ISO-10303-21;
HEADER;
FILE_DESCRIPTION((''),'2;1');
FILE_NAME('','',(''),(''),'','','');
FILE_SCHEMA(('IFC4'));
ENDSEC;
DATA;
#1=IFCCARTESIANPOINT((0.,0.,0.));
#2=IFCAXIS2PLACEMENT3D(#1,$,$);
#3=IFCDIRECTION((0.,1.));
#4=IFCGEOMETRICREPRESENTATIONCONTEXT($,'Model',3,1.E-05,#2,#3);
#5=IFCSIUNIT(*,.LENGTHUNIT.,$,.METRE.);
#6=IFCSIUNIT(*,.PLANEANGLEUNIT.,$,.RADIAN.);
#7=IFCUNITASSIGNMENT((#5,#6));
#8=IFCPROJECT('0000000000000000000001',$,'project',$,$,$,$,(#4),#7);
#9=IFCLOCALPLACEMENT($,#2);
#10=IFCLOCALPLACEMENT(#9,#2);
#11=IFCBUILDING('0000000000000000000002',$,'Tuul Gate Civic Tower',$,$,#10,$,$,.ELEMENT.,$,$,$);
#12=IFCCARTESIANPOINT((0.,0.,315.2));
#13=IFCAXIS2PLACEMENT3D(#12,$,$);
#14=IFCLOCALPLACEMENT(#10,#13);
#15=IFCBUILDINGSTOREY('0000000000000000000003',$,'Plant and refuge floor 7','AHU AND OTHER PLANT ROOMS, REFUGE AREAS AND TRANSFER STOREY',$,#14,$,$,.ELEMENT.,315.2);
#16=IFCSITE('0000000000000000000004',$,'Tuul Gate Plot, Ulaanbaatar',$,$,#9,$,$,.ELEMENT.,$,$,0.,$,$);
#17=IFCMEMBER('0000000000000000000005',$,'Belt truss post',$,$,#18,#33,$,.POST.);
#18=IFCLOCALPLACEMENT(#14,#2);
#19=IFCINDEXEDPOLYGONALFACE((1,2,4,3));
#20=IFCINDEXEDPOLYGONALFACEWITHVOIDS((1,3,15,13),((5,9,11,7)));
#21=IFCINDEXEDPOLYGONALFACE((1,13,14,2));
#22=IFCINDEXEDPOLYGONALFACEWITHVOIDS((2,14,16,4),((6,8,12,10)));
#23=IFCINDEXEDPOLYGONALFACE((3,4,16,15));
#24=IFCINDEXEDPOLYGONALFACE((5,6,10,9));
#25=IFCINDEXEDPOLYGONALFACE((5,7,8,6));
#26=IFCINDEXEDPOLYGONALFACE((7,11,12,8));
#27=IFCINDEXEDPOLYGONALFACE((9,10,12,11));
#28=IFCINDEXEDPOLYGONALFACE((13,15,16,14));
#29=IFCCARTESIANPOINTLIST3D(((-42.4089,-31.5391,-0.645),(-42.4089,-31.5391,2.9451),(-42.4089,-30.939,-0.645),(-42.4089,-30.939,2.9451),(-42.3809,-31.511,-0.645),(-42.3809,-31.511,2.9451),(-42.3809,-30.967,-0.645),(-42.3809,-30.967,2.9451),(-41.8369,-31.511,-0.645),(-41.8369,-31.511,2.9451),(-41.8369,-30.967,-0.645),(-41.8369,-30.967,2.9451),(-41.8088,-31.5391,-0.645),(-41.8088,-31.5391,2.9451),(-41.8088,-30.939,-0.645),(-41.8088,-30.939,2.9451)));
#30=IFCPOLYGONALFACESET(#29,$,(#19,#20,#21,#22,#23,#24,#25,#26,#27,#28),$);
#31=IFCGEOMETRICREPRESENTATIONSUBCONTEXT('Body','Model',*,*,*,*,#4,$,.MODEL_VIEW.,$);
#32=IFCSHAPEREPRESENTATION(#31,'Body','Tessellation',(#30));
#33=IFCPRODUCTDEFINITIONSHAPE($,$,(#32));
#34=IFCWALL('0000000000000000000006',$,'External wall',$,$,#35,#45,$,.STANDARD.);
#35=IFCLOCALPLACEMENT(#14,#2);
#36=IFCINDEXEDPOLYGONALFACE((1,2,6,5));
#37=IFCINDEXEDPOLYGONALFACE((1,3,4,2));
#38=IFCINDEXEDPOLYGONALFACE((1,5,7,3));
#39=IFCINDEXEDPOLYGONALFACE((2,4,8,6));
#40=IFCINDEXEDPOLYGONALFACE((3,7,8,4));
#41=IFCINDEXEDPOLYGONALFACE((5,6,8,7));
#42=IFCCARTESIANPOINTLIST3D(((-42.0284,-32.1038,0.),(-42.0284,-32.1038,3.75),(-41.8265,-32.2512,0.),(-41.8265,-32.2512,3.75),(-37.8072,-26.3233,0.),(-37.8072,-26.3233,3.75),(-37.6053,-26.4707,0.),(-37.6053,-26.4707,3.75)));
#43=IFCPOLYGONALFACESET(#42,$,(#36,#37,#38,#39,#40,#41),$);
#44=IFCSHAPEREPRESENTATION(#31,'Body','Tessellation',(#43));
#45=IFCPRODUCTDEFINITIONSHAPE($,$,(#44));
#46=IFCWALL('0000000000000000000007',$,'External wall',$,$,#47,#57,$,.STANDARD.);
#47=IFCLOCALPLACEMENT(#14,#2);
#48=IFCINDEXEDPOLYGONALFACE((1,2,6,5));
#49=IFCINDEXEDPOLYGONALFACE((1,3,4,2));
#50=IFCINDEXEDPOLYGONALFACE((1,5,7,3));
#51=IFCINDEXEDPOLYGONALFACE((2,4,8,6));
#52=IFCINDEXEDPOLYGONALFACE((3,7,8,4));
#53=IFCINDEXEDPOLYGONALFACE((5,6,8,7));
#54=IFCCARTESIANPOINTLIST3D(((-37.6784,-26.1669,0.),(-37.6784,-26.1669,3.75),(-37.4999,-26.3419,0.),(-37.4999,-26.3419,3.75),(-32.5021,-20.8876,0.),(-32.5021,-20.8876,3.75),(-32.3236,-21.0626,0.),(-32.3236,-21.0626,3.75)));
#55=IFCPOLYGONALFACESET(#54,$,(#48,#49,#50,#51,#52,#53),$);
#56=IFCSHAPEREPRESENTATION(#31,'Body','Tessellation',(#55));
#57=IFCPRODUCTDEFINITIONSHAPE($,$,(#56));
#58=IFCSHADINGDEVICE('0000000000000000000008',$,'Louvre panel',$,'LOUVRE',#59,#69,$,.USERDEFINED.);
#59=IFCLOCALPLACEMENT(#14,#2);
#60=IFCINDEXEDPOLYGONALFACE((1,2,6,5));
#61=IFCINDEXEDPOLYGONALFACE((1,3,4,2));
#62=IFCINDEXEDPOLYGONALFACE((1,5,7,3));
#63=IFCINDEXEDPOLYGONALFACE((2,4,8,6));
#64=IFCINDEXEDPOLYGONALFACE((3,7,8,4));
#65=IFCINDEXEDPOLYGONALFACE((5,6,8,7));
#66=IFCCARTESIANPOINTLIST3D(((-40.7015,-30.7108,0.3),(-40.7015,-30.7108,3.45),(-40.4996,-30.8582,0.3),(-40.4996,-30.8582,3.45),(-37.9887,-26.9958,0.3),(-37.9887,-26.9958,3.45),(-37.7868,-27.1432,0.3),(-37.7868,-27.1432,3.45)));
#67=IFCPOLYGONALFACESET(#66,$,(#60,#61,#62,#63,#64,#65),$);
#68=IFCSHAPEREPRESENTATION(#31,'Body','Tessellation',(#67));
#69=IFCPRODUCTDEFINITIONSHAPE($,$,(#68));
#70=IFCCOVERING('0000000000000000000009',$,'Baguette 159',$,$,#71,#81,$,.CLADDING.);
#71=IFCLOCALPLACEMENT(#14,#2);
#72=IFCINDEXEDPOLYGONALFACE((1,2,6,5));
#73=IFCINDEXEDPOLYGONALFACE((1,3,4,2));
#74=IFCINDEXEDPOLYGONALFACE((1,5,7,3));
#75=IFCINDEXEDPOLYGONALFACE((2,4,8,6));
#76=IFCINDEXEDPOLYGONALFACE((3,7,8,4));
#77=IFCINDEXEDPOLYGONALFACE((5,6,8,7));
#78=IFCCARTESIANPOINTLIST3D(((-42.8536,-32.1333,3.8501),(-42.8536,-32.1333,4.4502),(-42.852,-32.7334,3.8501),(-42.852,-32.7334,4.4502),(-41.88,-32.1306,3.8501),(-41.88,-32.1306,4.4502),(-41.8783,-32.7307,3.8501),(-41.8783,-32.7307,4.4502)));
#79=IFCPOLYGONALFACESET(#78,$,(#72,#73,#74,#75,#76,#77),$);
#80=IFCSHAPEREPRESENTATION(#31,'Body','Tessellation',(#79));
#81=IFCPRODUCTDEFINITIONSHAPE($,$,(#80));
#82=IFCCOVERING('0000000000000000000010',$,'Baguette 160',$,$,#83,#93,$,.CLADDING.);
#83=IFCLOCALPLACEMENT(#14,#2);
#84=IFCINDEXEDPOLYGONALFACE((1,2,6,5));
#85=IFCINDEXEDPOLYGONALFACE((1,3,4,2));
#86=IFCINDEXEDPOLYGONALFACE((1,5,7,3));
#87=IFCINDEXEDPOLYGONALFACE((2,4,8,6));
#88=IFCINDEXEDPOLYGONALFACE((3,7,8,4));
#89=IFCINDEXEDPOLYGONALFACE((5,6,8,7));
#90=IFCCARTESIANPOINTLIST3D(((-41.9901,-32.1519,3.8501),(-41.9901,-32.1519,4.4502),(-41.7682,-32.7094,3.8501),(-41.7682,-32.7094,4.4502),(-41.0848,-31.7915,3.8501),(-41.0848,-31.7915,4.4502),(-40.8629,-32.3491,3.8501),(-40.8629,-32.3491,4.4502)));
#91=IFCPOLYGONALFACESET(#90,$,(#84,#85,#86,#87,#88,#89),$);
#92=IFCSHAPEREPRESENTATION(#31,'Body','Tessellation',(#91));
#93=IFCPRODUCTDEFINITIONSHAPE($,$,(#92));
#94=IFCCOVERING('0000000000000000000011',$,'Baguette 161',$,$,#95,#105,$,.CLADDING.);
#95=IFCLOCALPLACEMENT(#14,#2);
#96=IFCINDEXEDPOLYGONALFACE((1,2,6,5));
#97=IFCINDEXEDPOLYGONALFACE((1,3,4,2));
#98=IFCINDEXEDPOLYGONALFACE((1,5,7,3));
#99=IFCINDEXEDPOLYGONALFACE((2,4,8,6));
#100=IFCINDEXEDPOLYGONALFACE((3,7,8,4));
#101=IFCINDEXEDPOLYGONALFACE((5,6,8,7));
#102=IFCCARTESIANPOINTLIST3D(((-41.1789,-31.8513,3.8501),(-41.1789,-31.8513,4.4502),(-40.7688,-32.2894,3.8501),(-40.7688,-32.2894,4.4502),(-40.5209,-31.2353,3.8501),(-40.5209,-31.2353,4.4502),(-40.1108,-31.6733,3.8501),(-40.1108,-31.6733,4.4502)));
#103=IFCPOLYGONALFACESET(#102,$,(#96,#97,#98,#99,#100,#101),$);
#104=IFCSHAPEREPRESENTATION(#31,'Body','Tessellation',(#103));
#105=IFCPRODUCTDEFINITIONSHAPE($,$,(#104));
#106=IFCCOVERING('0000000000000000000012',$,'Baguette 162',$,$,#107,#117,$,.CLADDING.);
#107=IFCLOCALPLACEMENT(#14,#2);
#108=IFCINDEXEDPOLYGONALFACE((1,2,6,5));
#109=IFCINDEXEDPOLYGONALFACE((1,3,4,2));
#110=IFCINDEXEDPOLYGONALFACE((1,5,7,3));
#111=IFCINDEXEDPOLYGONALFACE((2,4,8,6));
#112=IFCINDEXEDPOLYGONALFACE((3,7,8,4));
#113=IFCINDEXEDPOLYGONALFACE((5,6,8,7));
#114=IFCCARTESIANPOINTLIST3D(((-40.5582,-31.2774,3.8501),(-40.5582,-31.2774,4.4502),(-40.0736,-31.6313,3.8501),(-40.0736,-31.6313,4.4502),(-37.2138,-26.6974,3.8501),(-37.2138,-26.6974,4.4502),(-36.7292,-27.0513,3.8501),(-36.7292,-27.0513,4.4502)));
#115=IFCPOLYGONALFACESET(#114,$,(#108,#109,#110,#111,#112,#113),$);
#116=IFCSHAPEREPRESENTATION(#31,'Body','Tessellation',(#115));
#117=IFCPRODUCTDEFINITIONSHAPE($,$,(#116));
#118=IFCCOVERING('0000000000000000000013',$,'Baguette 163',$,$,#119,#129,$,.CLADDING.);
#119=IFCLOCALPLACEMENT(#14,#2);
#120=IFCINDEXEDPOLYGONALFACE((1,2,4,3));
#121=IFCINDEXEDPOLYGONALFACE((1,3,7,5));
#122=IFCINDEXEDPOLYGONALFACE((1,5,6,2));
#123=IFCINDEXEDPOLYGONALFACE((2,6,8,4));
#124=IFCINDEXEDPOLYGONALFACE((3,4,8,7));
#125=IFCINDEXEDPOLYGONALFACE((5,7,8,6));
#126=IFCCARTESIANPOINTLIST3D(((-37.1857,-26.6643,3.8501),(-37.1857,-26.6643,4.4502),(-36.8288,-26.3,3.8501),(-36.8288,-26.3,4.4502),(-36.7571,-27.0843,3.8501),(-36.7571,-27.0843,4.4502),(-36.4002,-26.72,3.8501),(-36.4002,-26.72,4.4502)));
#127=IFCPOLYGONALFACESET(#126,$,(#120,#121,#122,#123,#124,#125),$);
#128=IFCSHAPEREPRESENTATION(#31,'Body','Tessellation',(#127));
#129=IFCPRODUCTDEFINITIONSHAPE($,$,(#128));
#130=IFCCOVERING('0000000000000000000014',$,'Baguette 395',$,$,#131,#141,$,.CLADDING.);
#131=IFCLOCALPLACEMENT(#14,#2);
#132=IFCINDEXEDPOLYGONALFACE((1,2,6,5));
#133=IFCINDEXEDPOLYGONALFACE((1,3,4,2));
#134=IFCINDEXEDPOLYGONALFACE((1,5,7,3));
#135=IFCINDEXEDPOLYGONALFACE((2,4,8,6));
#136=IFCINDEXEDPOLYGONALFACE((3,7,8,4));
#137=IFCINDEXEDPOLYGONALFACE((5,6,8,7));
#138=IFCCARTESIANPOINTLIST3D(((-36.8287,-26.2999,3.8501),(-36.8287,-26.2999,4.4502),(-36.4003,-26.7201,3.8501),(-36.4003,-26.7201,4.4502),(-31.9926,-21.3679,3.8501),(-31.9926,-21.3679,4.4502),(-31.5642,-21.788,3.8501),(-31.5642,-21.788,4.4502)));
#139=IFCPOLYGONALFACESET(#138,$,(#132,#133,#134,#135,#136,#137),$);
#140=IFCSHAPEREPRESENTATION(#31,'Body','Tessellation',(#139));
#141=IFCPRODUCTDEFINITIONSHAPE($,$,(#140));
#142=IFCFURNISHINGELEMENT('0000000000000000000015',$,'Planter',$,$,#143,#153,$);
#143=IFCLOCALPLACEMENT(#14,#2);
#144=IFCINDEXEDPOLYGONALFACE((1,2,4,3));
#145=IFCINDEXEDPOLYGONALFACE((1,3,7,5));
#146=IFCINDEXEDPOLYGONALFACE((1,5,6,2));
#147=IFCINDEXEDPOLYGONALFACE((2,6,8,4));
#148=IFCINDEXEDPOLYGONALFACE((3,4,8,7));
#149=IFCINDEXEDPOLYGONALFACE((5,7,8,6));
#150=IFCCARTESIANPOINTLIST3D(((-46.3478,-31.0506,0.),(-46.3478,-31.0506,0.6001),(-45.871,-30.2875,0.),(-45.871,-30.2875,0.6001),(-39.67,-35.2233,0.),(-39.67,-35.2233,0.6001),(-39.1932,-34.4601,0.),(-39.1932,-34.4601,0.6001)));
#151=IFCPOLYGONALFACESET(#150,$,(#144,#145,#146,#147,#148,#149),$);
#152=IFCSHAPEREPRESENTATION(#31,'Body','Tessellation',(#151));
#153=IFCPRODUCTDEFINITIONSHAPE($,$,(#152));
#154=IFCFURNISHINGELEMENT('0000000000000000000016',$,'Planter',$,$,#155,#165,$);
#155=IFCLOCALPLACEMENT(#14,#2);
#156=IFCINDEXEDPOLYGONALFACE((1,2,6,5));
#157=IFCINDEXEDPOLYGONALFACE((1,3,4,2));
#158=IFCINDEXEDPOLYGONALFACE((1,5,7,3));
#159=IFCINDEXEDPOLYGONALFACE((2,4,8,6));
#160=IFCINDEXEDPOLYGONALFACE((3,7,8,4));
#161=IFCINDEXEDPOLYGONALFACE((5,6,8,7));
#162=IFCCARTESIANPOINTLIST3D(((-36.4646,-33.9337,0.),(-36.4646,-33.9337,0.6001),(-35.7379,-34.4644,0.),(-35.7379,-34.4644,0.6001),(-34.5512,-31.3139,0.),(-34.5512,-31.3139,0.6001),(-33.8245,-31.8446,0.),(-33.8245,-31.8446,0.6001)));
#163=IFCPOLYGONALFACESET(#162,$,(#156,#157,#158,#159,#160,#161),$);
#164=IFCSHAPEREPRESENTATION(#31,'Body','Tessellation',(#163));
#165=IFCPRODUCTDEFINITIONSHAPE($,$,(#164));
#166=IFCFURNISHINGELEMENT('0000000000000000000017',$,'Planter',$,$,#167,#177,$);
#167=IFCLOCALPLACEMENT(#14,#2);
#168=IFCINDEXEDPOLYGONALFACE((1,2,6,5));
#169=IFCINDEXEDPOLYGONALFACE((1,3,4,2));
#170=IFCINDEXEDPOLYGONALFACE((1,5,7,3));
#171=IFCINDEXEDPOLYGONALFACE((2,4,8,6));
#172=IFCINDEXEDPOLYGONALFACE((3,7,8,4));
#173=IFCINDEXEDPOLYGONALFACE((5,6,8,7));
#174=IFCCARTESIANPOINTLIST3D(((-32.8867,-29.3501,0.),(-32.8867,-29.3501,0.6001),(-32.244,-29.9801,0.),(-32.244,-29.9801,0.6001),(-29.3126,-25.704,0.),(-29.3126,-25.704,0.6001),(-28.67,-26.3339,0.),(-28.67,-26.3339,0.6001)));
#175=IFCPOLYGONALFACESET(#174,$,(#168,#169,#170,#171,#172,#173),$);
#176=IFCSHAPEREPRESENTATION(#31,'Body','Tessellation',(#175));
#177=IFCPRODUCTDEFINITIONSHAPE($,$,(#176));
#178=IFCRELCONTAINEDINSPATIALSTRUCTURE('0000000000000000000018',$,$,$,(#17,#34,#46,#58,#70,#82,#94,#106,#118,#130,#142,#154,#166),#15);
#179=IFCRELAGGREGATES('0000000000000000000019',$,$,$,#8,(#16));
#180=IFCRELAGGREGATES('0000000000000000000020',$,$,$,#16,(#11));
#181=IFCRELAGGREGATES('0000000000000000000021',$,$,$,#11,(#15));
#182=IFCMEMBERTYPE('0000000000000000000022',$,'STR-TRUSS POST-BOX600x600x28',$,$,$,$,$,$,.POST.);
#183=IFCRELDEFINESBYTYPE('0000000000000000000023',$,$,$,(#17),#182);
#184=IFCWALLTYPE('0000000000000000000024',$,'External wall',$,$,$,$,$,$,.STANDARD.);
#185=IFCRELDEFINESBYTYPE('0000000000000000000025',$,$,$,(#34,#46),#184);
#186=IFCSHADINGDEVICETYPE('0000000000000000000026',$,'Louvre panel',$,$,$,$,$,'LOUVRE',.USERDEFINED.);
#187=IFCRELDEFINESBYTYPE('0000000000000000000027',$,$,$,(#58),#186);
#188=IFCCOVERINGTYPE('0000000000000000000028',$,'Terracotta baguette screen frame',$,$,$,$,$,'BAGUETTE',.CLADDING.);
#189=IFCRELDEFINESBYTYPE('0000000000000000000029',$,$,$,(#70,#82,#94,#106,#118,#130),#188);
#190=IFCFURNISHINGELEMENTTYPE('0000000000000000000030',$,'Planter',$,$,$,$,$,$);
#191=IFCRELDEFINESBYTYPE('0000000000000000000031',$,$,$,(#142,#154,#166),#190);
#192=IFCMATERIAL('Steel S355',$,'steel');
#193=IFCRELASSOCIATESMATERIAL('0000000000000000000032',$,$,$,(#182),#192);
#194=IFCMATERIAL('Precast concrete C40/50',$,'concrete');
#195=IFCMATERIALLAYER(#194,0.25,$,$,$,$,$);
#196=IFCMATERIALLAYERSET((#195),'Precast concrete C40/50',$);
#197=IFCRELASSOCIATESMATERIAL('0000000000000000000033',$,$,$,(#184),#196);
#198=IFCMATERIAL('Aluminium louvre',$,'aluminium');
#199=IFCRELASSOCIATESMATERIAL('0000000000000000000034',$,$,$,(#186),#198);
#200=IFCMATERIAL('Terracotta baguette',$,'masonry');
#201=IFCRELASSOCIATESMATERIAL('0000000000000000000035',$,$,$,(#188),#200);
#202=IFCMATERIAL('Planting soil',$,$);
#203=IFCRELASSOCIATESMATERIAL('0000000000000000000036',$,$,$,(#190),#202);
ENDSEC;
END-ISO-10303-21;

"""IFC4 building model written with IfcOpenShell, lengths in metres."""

from ifc_helpers import new_model, si_unit, direction, frame, frame_2d, origin, origin_2d, place, context, subcontext, project, spatial, rectangle, hollow_rectangle, extrude, material, layer, layer_set, material_profile, profile_set, type_object, element, save


model = new_model("IFC4")

# Units and contexts
model_context = context("Model", 3, precision=1e-05, world=origin(), true_north=direction((0.0, 1.0)))
body_context = subcontext(model_context, "Body", "Model", "MODEL_VIEW")
ifc_project = project(units=[si_unit("LENGTHUNIT", "METRE"), si_unit("PLANEANGLEUNIT", "RADIAN")], contexts=[model_context])

# Site, building, storey
site_placement = place(None, origin())
site = spatial("IfcSite", under=ifc_project, at=site_placement, Name="Tuul Gate Plot, Ulaanbaatar", CompositionType="ELEMENT", RefElevation=0.0)
building_placement = place(site_placement, origin())
building = spatial("IfcBuilding", under=site, at=building_placement, Name="Tuul Gate Civic Tower", CompositionType="ELEMENT")
storey_placement = place(building_placement, frame((0.0, 0.0, 315.2)))
storey = spatial("IfcBuildingStorey", under=building, at=storey_placement, Name="Plant and refuge floor 7", Description="AHU AND OTHER PLANT ROOMS, REFUGE AREAS AND TRANSFER STOREY", CompositionType="ELEMENT", Elevation=315.2)

# Member
ifc_material_1 = material(Name="Steel S355", Category="steel")
ifc_material_profile_1 = material_profile(ifc_material_1, hollow_rectangle(XDim=0.6001, YDim=0.6001, WallThickness=0.0281, at=origin_2d()), Name="BOX600x600x28")
ifc_profile_set_1 = profile_set([ifc_material_profile_1], Name="Steel S355")
member_type_1 = type_object("IfcMemberType", Name="STR-TRUSS POST-BOX600x600x28", PredefinedType="POST", material=ifc_profile_set_1)
member_1_placement = place(storey_placement, frame((-42.1089, -31.239, -0.645), z_axis=(0.0, 0.0, 1.0), x_axis=(1.0, 0.0, 0.0)))
element("IfcMember", 1, at=member_1_placement, inside=storey, type_object=member_type_1, Name="Belt truss post", PredefinedType="POST", context=body_context, shape_type="SweptSolid", body=[
    extrude(hollow_rectangle(XDim=0.6001, YDim=0.6001, WallThickness=0.0281, at=origin_2d()), origin(), (0.0, 0.0, 1.0), 3.5901),
])

# Walls
ifc_material_2 = material(Name="Precast concrete C40/50", Category="concrete")
ifc_layer = layer(ifc_material_2, 0.25)
ifc_layer_set = layer_set([ifc_layer], Name="Precast concrete C40/50")
wall_type = type_object("IfcWallType", Name="External wall", PredefinedType="STANDARD", material=ifc_layer_set)
wall_1_placement = place(storey_placement, frame((-41.9275, -32.1775, 0.0), z_axis=(0.0, 0.0, 1.0), x_axis=(0.58974, 0.807593, 0.0)))
element("IfcWall", 2, at=wall_1_placement, inside=storey, type_object=wall_type, Name="External wall", PredefinedType="STANDARD", context=body_context, shape_type="SweptSolid", body=[
    extrude(rectangle(XDim=7.1577, YDim=0.25, at=frame_2d((3.5789, 0.0))), origin(), (0.0, 0.0, 1.0), 3.75),
])
wall_2_placement = place(storey_placement, frame((-37.5891, -26.2544, 0.0), z_axis=(0.0, 0.0, 1.0), x_axis=(0.700105, 0.71404, 0.0)))
element("IfcWall", 3, at=wall_2_placement, inside=storey, type_object=wall_type, Name="External wall", PredefinedType="STANDARD", context=body_context, shape_type="SweptSolid", body=[
    extrude(rectangle(XDim=7.3936, YDim=0.25, at=frame_2d((3.6968, 0.0))), origin(), (0.0, 0.0, 1.0), 3.75),
])

# Shading device
ifc_material_3 = material(Name="Aluminium louvre", Category="aluminium")
shading_device_type = type_object("IfcShadingDeviceType", Name="Louvre panel", ElementType="LOUVRE", PredefinedType="USERDEFINED", material=ifc_material_3)
shading_device_placement = place(storey_placement, frame((-39.2441, -28.927, 0.3), z_axis=(0.0, 0.0, 1.0), x_axis=(0.807595, -0.589737, 0.0)))
element("IfcShadingDevice", 4, at=shading_device_placement, inside=storey, type_object=shading_device_type, Name="Louvre panel", ObjectType="LOUVRE", PredefinedType="USERDEFINED", context=body_context, shape_type="SweptSolid", body=[
    extrude(rectangle(XDim=0.25, YDim=4.6001, at=origin_2d()), origin(), (0.0, 0.0, 1.0), 3.1499),
])

# Coverings
ifc_material_4 = material(Name="Terracotta baguette", Category="masonry")
ifc_material_profile_2 = material_profile(ifc_material_4, rectangle(XDim=0.6001, YDim=0.6001, at=origin_2d()), Name="Terracotta baguette screen frame")
ifc_profile_set_2 = profile_set([ifc_material_profile_2], Name="Terracotta baguette")
covering_type = type_object("IfcCoveringType", Name="Terracotta baguette screen frame", ElementType="BAGUETTE", PredefinedType="CLADDING", material=ifc_profile_set_2)
covering_1_placement = place(storey_placement, frame((-42.8528, -32.4333, 4.1501), z_axis=(0.999996, 0.002758, 0.0), x_axis=(-0.002758, 0.999996, 0.0)))
element("IfcCovering", 5, at=covering_1_placement, inside=storey, type_object=covering_type, Name="Baguette 159", PredefinedType="CLADDING", context=body_context, shape_type="SweptSolid", body=[
    extrude(rectangle(XDim=0.6001, YDim=0.6001, at=origin_2d()), origin(), (0.0, 0.0, 1.0), 0.9736),
])
covering_2_placement = place(storey_placement, frame((-41.8792, -32.4307, 4.1501), z_axis=(0.929097, 0.369835, 0.0), x_axis=(-0.369835, 0.929097, 0.0)))
element("IfcCovering", 6, at=covering_2_placement, inside=storey, type_object=covering_type, Name="Baguette 160", PredefinedType="CLADDING", context=body_context, shape_type="SweptSolid", body=[
    extrude(rectangle(XDim=0.6001, YDim=0.6001, at=origin_2d()), origin(), (0.0, 0.0, 1.0), 0.9744),
])
covering_3_placement = place(storey_placement, frame((-40.9739, -32.0703, 4.1501), z_axis=(0.730019, 0.683427, 0.0), x_axis=(-0.683427, 0.730019, 0.0)))
element("IfcCovering", 7, at=covering_3_placement, inside=storey, type_object=covering_type, Name="Baguette 161", PredefinedType="CLADDING", context=body_context, shape_type="SweptSolid", body=[
    extrude(rectangle(XDim=0.6001, YDim=0.6001, at=origin_2d()), origin(), (0.0, 0.0, 1.0), 0.9014),
])
covering_4_placement = place(storey_placement, frame((-40.3159, -31.4543, 4.1501), z_axis=(0.589729, 0.807601, 0.0), x_axis=(-0.807601, 0.589729, 0.0)))
element("IfcCovering", 8, at=covering_4_placement, inside=storey, type_object=covering_type, Name="Baguette 162", PredefinedType="CLADDING", context=body_context, shape_type="SweptSolid", body=[
    extrude(rectangle(XDim=0.6001, YDim=0.6001, at=origin_2d()), origin(), (0.0, 0.0, 1.0), 5.6711),
])
covering_5_placement = place(storey_placement, frame((-36.9714, -26.8743, 4.1501), z_axis=(0.69989, 0.714251, 0.0), x_axis=(-0.714251, 0.69989, 0.0)))
element("IfcCovering", 9, at=covering_5_placement, inside=storey, type_object=covering_type, Name="Baguette 163", PredefinedType="CLADDING", context=body_context, shape_type="SweptSolid", body=[
    extrude(rectangle(XDim=0.6001, YDim=0.6001, at=origin_2d()), origin(), (0.0, 0.0, 1.0), 0.51),
])
covering_6_placement = place(storey_placement, frame((-36.6145, -26.51, 4.1501), z_axis=(0.700128, 0.714018, 0.0), x_axis=(-0.714018, 0.700128, 0.0)))
element("IfcCovering", 10, at=covering_6_placement, inside=storey, type_object=covering_type, Name="Baguette 395", PredefinedType="CLADDING", context=body_context, shape_type="SweptSolid", body=[
    extrude(rectangle(XDim=0.6001, YDim=0.6001, at=origin_2d()), origin(), (0.0, 0.0, 1.0), 6.9075),
])

# Furnishing elements
ifc_material_5 = material(Name="Planting soil")
furnishing_element_type = type_object("IfcFurnishingElementType", Name="Planter", material=ifc_material_5)
furnishing_1_placement = place(storey_placement, frame((-42.7705, -32.7554, 0.0), z_axis=(0.0, 0.0, 1.0), x_axis=(0.848053, -0.529912, 0.0)))
element("IfcFurnishingElement", 11, at=furnishing_1_placement, inside=storey, type_object=furnishing_element_type, Name="Planter", context=body_context, shape_type="SweptSolid", body=[
    extrude(rectangle(XDim=7.8743, YDim=0.8999, at=origin_2d()), origin(), (0.0, 0.0, 1.0), 0.6001),
])
furnishing_2_placement = place(storey_placement, frame((-35.1445, -32.8892, 0.0), z_axis=(0.0, 0.0, 1.0), x_axis=(0.589803, 0.807547, 0.0)))
element("IfcFurnishingElement", 12, at=furnishing_2_placement, inside=storey, type_object=furnishing_element_type, Name="Planter", context=body_context, shape_type="SweptSolid", body=[
    extrude(rectangle(XDim=3.2441, YDim=0.8999, at=origin_2d()), origin(), (0.0, 0.0, 1.0), 0.6001),
])
furnishing_3_placement = place(storey_placement, frame((-30.7783, -27.842, 0.0), z_axis=(0.0, 0.0, 1.0), x_axis=(0.70001, 0.714133, 0.0)))
element("IfcFurnishingElement", 13, at=furnishing_3_placement, inside=storey, type_object=furnishing_element_type, Name="Planter", context=body_context, shape_type="SweptSolid", body=[
    extrude(rectangle(XDim=5.1057, YDim=0.8999, at=origin_2d()), origin(), (0.0, 0.0, 1.0), 0.6001),
])

save(model, "model.ifc")
